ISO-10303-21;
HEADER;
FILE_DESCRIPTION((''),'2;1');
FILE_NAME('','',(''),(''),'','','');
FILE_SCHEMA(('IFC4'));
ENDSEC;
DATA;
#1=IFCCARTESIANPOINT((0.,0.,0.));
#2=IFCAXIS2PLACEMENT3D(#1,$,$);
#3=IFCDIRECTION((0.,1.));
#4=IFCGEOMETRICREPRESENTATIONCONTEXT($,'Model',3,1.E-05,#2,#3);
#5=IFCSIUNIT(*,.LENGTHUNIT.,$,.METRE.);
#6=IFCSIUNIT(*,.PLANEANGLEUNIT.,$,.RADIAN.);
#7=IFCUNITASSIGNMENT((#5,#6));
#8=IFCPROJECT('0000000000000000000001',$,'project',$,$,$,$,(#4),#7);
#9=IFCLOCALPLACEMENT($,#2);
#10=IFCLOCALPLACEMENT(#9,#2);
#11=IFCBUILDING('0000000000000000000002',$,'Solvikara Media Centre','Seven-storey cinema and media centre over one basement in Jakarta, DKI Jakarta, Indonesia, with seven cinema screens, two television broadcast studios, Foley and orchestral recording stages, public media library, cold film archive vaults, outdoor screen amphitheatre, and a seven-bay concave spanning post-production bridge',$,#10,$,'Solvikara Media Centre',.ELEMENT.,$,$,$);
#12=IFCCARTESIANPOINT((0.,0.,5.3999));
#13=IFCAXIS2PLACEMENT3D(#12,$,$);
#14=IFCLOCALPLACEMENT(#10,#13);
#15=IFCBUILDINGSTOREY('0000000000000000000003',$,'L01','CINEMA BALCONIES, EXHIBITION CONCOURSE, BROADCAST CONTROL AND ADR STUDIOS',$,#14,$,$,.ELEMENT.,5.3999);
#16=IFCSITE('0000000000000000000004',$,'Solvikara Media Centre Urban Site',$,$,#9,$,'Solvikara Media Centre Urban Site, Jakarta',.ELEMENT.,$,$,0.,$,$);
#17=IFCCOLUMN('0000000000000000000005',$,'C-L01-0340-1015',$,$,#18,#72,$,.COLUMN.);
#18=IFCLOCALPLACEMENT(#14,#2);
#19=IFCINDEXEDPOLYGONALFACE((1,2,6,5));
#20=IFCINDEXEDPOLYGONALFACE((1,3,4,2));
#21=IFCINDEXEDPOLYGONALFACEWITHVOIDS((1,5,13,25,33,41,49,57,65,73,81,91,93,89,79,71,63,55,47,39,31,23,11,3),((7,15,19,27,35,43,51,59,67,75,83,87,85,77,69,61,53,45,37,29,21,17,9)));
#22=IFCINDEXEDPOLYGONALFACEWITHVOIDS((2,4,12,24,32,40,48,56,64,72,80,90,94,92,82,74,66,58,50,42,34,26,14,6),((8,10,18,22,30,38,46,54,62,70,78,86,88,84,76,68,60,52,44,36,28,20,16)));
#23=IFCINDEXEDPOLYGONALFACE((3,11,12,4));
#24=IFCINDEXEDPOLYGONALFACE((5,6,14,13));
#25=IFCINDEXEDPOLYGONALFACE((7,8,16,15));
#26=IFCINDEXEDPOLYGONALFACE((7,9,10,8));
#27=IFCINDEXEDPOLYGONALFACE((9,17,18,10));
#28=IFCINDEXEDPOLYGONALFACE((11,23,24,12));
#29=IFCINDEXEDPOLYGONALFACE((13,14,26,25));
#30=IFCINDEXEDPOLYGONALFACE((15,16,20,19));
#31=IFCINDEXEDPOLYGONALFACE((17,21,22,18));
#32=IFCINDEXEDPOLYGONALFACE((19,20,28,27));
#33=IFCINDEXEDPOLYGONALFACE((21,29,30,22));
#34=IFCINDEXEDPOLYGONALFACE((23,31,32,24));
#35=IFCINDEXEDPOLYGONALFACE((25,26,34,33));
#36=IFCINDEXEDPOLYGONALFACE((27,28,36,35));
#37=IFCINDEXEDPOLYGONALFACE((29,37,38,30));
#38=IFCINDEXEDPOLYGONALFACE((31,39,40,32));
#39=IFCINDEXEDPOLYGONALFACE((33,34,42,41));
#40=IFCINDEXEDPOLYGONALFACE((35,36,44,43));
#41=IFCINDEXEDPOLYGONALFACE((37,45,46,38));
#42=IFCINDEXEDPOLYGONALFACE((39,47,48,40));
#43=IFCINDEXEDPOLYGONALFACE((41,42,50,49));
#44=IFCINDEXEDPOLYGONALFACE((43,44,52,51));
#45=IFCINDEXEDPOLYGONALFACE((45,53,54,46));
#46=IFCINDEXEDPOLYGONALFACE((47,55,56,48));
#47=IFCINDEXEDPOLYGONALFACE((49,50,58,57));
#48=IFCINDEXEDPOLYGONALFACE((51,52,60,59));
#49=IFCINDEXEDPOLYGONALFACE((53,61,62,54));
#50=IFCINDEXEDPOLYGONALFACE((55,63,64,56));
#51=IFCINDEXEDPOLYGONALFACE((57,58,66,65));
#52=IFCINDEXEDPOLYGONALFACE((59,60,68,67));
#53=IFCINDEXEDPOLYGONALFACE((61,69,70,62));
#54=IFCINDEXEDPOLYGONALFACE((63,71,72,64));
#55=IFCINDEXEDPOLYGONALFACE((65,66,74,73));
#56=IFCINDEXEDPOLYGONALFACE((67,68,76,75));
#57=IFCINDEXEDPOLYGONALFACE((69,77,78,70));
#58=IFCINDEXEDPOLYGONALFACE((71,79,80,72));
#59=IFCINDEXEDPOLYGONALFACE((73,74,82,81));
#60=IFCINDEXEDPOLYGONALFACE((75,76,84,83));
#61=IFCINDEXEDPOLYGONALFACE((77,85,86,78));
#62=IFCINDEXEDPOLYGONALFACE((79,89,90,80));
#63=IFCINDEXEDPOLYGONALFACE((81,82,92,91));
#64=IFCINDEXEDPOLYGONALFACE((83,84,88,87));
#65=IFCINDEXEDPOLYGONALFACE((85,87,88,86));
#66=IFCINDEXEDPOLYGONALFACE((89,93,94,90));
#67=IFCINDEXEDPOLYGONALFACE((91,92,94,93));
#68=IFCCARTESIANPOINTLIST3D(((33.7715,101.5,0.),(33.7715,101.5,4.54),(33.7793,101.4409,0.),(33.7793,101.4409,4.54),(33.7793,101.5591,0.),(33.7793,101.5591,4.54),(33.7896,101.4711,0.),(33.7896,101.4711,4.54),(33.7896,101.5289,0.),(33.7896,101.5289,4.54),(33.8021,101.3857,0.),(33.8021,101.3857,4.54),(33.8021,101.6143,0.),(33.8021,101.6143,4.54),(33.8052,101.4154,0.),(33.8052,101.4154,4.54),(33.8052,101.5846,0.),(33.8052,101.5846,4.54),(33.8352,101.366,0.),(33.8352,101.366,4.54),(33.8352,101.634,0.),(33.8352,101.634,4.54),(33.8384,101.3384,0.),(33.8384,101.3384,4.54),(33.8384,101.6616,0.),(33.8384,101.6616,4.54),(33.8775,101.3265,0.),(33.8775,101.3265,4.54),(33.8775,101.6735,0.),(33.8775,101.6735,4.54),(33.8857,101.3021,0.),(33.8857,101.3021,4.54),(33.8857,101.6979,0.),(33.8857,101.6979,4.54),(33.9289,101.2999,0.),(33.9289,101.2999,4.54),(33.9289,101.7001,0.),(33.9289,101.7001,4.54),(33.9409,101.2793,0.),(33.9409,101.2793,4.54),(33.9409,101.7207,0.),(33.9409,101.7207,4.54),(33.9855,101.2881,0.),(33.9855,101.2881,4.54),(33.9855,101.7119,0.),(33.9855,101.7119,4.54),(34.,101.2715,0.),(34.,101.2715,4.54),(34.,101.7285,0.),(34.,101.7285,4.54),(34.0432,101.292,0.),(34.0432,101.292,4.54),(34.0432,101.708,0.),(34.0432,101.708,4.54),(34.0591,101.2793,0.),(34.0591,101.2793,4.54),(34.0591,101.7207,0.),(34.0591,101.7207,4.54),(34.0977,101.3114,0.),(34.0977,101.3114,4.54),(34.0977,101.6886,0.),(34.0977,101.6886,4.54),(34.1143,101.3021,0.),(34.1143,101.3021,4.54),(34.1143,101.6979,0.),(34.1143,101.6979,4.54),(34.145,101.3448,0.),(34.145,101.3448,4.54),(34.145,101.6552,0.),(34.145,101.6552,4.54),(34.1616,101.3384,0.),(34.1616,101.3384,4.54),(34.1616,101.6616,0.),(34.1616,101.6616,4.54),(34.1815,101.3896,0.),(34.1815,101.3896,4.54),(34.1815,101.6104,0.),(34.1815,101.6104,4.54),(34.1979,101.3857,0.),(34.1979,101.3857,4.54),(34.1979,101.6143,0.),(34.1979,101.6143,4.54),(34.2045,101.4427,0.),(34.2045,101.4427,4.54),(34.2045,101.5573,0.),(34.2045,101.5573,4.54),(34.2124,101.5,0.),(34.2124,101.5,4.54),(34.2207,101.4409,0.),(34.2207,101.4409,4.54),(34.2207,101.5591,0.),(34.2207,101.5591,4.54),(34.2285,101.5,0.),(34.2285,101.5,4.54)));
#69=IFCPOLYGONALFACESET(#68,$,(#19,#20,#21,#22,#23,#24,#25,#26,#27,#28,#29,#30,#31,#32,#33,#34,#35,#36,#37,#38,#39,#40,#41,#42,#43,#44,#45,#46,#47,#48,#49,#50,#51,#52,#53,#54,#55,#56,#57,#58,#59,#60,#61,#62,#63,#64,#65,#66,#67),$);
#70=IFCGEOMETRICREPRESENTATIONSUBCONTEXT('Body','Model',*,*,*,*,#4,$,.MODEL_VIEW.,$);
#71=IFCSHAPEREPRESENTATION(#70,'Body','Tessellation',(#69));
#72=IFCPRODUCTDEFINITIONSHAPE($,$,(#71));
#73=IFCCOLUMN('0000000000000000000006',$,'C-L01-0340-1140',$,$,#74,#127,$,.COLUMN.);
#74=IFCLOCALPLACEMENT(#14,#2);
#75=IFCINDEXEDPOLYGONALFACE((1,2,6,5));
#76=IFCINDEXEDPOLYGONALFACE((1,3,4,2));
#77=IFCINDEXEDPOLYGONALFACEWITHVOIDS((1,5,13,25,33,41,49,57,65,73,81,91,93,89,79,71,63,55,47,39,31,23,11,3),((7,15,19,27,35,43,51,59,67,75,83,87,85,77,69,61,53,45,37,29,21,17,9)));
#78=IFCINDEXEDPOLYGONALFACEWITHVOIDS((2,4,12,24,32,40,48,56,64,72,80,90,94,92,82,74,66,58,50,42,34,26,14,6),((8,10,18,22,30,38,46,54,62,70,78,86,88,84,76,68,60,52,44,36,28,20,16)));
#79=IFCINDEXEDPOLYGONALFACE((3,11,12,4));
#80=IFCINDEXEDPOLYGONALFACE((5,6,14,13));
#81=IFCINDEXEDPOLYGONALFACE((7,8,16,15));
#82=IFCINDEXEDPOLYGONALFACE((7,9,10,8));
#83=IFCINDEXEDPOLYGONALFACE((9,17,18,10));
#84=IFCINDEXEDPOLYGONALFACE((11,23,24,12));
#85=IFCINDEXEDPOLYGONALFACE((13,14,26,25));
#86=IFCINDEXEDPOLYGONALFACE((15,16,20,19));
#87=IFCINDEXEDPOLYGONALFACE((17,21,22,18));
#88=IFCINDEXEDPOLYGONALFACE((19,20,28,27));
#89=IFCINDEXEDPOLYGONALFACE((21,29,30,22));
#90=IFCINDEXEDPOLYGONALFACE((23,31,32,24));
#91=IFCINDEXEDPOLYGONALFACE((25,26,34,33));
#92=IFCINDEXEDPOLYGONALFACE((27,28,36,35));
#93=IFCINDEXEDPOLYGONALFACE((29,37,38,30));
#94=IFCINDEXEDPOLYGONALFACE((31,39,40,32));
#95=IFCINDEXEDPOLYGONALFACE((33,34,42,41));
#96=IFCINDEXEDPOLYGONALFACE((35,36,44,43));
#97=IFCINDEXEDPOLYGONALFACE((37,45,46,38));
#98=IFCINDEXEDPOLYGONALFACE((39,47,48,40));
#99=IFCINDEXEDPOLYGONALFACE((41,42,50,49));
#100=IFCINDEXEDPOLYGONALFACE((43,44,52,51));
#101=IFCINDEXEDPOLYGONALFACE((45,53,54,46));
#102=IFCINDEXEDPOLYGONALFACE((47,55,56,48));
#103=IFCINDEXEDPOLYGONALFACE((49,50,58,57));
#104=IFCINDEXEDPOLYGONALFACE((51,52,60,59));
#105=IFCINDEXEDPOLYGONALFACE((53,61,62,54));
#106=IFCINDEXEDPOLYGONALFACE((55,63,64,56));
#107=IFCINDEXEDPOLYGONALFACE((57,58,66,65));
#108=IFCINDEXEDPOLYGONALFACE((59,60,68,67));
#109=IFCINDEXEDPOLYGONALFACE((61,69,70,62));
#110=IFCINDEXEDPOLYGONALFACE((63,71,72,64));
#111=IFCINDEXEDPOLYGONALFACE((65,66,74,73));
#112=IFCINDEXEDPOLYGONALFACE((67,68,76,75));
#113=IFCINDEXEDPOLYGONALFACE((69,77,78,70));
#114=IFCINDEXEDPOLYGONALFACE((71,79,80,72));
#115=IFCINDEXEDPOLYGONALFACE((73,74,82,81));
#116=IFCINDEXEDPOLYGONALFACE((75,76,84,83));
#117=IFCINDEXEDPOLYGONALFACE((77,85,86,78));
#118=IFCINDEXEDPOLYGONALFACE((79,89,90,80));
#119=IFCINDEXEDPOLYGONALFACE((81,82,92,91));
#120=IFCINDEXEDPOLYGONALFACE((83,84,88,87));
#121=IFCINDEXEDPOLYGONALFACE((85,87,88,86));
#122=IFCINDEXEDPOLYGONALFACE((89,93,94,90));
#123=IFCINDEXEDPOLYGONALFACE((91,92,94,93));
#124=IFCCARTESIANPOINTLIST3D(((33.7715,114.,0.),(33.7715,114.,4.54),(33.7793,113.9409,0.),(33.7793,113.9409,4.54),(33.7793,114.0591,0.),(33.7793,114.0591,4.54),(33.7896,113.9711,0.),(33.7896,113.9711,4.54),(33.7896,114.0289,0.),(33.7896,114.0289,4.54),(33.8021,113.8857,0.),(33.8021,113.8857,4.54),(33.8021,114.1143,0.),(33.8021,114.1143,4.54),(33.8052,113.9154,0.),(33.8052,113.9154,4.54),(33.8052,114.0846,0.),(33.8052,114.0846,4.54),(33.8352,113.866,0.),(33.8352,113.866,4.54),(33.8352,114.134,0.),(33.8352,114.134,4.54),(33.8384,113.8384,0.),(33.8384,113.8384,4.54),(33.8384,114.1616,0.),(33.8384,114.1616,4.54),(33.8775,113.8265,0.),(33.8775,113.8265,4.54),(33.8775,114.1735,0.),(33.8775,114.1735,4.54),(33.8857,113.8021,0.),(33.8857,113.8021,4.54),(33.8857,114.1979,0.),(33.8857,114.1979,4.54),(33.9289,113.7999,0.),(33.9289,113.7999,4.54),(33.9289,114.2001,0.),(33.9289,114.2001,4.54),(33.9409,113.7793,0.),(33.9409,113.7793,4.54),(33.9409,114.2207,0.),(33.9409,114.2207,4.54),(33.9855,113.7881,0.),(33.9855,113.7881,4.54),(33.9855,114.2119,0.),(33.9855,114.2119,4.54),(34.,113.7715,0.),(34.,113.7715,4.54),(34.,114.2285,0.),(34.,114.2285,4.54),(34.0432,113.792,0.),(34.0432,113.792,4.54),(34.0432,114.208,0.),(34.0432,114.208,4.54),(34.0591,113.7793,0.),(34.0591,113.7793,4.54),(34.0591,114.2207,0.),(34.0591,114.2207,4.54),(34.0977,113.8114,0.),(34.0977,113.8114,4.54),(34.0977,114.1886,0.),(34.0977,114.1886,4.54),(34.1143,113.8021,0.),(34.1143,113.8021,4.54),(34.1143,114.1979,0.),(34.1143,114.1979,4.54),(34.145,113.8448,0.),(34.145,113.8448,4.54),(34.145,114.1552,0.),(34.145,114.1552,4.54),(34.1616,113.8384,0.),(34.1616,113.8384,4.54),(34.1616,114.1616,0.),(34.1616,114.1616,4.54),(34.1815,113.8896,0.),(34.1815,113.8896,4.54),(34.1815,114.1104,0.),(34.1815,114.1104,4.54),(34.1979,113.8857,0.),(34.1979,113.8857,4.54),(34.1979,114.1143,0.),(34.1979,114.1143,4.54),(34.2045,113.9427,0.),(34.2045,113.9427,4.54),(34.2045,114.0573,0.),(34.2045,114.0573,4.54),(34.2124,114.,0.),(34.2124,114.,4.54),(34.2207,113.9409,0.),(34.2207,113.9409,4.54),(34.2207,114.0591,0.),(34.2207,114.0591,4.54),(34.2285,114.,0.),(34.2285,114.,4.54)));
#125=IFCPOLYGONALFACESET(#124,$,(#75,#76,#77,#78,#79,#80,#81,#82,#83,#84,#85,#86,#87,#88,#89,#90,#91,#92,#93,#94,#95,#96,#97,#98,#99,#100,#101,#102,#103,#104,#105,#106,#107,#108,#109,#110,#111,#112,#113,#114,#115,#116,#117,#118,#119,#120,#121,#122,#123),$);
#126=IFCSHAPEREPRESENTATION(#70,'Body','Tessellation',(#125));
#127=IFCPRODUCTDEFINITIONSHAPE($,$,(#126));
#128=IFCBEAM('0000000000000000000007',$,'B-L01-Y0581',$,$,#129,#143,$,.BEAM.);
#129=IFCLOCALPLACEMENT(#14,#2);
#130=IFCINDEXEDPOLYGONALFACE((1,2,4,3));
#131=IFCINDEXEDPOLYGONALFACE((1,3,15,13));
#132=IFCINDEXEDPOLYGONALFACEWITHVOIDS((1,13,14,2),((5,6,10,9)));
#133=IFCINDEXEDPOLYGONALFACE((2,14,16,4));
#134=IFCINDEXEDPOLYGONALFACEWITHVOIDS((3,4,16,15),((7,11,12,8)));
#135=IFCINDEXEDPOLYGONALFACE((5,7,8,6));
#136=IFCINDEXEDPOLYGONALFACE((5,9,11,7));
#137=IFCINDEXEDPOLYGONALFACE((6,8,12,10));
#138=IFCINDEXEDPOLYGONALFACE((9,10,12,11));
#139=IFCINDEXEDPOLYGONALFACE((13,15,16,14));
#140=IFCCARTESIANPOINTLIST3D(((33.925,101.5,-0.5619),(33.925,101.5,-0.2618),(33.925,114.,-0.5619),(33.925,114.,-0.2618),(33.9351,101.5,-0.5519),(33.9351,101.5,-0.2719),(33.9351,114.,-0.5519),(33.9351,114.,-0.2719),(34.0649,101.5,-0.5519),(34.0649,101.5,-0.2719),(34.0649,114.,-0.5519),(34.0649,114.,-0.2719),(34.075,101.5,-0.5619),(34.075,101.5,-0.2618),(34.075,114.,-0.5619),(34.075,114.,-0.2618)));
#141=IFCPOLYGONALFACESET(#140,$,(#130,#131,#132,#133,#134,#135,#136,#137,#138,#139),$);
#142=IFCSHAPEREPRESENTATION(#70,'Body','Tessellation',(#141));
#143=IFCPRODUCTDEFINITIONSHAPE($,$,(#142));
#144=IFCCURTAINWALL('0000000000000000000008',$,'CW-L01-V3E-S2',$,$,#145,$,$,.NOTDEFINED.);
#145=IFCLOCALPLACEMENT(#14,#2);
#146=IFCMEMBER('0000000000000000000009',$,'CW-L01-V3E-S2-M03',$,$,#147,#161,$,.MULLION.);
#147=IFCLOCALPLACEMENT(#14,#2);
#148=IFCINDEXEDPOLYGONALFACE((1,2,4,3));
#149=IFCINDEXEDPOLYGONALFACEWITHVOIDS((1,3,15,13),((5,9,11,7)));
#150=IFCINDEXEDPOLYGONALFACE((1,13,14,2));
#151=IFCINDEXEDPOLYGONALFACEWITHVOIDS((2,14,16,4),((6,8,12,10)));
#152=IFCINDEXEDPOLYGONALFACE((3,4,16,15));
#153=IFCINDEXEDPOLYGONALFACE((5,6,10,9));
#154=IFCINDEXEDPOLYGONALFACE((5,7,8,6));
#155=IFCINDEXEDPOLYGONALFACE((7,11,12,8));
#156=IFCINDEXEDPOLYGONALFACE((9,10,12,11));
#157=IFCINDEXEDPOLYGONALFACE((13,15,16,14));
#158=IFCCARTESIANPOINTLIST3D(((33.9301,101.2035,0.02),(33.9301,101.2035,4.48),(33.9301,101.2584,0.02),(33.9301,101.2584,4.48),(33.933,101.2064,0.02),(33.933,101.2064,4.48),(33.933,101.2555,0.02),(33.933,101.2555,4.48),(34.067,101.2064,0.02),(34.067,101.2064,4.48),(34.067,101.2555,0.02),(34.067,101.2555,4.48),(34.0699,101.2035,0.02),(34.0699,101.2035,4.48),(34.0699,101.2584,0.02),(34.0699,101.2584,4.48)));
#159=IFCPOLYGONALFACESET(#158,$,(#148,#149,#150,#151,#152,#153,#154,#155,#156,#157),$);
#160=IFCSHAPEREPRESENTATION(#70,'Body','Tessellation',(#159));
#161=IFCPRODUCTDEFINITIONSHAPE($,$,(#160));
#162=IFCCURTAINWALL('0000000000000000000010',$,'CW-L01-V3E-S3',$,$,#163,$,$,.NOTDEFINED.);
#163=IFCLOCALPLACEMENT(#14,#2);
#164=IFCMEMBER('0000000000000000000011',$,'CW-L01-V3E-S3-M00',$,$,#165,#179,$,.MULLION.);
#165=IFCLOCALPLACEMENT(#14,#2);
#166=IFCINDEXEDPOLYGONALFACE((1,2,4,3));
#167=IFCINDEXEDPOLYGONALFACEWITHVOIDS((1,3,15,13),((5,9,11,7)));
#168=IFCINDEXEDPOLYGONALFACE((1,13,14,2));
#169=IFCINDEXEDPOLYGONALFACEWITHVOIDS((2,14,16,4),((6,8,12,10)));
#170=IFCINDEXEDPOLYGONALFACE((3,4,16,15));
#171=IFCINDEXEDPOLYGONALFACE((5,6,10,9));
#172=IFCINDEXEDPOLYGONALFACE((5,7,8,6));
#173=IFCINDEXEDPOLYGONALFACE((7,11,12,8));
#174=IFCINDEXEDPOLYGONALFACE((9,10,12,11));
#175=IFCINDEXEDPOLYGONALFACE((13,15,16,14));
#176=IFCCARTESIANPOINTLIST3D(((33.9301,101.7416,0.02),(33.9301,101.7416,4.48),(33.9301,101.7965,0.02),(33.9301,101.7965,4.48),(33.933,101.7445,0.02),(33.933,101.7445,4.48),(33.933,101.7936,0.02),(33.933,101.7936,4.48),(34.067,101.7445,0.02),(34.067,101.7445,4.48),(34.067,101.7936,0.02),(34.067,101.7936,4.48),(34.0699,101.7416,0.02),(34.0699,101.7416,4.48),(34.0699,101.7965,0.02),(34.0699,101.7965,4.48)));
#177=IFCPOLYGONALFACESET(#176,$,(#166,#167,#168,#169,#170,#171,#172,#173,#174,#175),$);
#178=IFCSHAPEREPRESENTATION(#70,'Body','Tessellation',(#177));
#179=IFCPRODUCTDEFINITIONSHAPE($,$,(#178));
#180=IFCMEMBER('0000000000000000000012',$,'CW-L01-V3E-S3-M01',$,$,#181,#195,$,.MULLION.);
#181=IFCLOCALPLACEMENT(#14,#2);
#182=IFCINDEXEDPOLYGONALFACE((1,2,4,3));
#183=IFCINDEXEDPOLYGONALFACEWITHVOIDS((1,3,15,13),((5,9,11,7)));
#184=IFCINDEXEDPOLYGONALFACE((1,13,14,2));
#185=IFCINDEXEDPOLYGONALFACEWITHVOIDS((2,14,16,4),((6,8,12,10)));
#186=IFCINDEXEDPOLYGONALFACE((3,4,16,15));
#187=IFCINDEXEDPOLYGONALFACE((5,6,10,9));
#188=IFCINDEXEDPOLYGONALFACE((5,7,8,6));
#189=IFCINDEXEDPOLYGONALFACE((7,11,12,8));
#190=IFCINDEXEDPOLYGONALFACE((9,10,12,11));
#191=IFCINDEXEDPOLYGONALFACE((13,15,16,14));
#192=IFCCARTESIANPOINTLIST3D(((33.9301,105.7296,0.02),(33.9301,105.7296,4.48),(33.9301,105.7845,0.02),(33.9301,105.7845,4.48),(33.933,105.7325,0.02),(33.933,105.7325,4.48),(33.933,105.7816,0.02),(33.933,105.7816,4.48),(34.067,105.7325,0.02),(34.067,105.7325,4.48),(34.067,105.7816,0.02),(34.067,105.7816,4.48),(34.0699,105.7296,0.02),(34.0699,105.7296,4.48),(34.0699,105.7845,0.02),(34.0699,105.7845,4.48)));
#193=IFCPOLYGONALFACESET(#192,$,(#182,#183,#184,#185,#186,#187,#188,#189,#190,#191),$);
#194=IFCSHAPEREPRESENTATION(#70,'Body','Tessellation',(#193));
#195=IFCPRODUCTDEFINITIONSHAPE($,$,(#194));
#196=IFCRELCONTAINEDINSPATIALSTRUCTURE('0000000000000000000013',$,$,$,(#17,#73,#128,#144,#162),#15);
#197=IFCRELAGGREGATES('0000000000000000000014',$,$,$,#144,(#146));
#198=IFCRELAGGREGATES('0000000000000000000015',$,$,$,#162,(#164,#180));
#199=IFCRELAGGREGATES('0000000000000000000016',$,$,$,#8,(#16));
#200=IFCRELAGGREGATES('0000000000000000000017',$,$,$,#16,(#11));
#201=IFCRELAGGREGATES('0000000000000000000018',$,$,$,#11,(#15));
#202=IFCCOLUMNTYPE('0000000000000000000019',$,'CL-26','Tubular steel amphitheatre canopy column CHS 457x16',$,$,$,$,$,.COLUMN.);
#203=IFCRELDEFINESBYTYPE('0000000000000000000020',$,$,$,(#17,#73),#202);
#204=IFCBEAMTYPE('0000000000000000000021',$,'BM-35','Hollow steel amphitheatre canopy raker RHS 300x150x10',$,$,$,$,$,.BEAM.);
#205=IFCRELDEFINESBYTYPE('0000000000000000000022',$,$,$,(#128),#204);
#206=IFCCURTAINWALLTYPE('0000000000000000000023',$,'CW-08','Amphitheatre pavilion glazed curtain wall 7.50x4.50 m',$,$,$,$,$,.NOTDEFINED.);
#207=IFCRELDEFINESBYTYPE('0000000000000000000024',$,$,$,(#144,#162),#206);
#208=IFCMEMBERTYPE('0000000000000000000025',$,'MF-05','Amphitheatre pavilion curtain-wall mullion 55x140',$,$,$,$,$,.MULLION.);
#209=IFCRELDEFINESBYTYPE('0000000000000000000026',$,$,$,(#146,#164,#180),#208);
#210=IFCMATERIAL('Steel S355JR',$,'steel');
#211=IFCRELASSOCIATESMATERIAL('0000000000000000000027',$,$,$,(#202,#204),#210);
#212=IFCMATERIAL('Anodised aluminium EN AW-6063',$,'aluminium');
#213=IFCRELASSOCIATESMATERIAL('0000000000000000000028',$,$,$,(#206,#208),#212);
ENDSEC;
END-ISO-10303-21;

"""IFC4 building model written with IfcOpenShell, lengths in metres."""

from ifc_helpers import new_model, si_unit, direction, frame, origin, origin_2d, place, context, subcontext, project, spatial, hollow_rectangle, hollow_circle, extrude, material, material_profile, profile_set, type_object, element, aggregate, save


model = new_model("IFC4")

# Units and contexts
model_context = context("Model", 3, precision=1e-05, world=origin(), true_north=direction((0.0, 1.0)))
body_context = subcontext(model_context, "Body", "Model", "MODEL_VIEW")
ifc_project = project(units=[si_unit("LENGTHUNIT", "METRE"), si_unit("PLANEANGLEUNIT", "RADIAN")], contexts=[model_context])

# Site, building, storey
site_placement = place(None, origin())
site = spatial("IfcSite", under=ifc_project, at=site_placement, Name="Solvikara Media Centre Urban Site", LongName="Solvikara Media Centre Urban Site, Jakarta", CompositionType="ELEMENT", RefElevation=0.0)
building_placement = place(site_placement, origin())
building = spatial("IfcBuilding", under=site, at=building_placement, Name="Solvikara Media Centre", Description="Seven-storey cinema and media centre over one basement in Jakarta, DKI Jakarta, Indonesia, with seven cinema screens, two television broadcast studios, Foley and orchestral recording stages, public media library, cold film archive vaults, outdoor screen amphitheatre, and a seven-bay concave spanning post-production bridge", LongName="Solvikara Media Centre", CompositionType="ELEMENT")
storey_placement = place(building_placement, frame((0.0, 0.0, 5.3999)))
storey = spatial("IfcBuildingStorey", under=building, at=storey_placement, Name="L01", Description="CINEMA BALCONIES, EXHIBITION CONCOURSE, BROADCAST CONTROL AND ADR STUDIOS", CompositionType="ELEMENT", Elevation=5.3999)

# Columns
ifc_material_1 = material(Name="Steel S355JR", Category="steel")
ifc_material_profile_1 = material_profile(ifc_material_1, hollow_circle(Radius=0.2285, WallThickness=0.0161, at=origin_2d()), Name="CHS 457x16")
ifc_profile_set_1 = profile_set([ifc_material_profile_1], Name="Steel S355JR")
column_type = type_object("IfcColumnType", Name="CL-26", Description="Tubular steel amphitheatre canopy column CHS 457x16", PredefinedType="COLUMN", material=ifc_profile_set_1)
for number, where, z_axis, x_axis, name in (
    (1, (34.0, 101.5, 0.0), (0.0, 0.0, 1.0), (1.0, 0.0, 0.0), "C-L01-0340-1015"),
    (2, (34.0, 114.0, 0.0), (0.0, 0.0, 1.0), (1.0, 0.0, 0.0), "C-L01-0340-1140"),
):
    element("IfcColumn", number, at=place(storey_placement, frame(where, z_axis=z_axis, x_axis=x_axis)), inside=storey, type_object=column_type, Name=name, PredefinedType="COLUMN", context=body_context, shape_type="SweptSolid", body=[
        extrude(hollow_circle(Radius=0.2285, WallThickness=0.0161, at=origin_2d()), origin(), (0.0, 0.0, 1.0), 4.54),
    ])

# Beam
ifc_material_profile_2 = material_profile(ifc_material_1, hollow_rectangle(XDim=0.1499, YDim=0.3, WallThickness=0.01, at=origin_2d()), Name="RHS 300x150x10")
ifc_profile_set_2 = profile_set([ifc_material_profile_2], Name="Steel S355JR")
beam_type = type_object("IfcBeamType", Name="BM-35", Description="Hollow steel amphitheatre canopy raker RHS 300x150x10", PredefinedType="BEAM", material=ifc_profile_set_2)
beam_placement = place(storey_placement, frame((34.0, 101.5, -0.4119), z_axis=(0.0, 1.0, 0.0), x_axis=(-1.0, 0.0, 0.0)))
element("IfcBeam", 3, at=beam_placement, inside=storey, type_object=beam_type, Name="B-L01-Y0581", PredefinedType="BEAM", context=body_context, shape_type="SweptSolid", body=[
    extrude(hollow_rectangle(XDim=0.1499, YDim=0.3, WallThickness=0.01, at=origin_2d()), origin(), (0.0, 0.0, 1.0), 12.5),
])

# Curtain wall, member
ifc_material_2 = material(Name="Anodised aluminium EN AW-6063", Category="aluminium")
curtain_wall_type = type_object("IfcCurtainWallType", Name="CW-08", Description="Amphitheatre pavilion glazed curtain wall 7.50x4.50 m", PredefinedType="NOTDEFINED", material=ifc_material_2)
curtain_wall_1_placement = place(storey_placement, origin())
curtain_wall_1 = element("IfcCurtainWall", 4, at=curtain_wall_1_placement, inside=storey, type_object=curtain_wall_type, Name="CW-L01-V3E-S2", PredefinedType="NOTDEFINED")
ifc_material_profile_3 = material_profile(ifc_material_2, hollow_rectangle(XDim=0.0549, YDim=0.1399, WallThickness=0.0029, at=origin_2d()), Name="ALU-M 55x140x3")
ifc_profile_set_3 = profile_set([ifc_material_profile_3], Name="Anodised aluminium EN AW-6063")
member_type_1 = type_object("IfcMemberType", Name="MF-05", Description="Amphitheatre pavilion curtain-wall mullion 55x140", PredefinedType="MULLION", material=ifc_profile_set_3)
member_1_placement = place(storey_placement, frame((34.0, 101.231, 0.02), z_axis=(0.0, 0.0, 1.0), x_axis=(0.0, 1.0, 0.0)))
member_1 = element("IfcMember", 5, at=member_1_placement, type_object=member_type_1, Name="CW-L01-V3E-S2-M03", PredefinedType="MULLION", context=body_context, shape_type="SweptSolid", body=[
    extrude(hollow_rectangle(XDim=0.0549, YDim=0.1399, WallThickness=0.0029, at=origin_2d()), origin(), (0.0, 0.0, 1.0), 4.46),
])
aggregate(curtain_wall_1, [member_1])

# Curtain wall, members
curtain_wall_2_placement = place(storey_placement, origin())
curtain_wall_2 = element("IfcCurtainWall", 6, at=curtain_wall_2_placement, inside=storey, type_object=curtain_wall_type, Name="CW-L01-V3E-S3", PredefinedType="NOTDEFINED")
member_2_placement = place(storey_placement, frame((34.0, 101.769, 0.02), z_axis=(0.0, 0.0, 1.0), x_axis=(0.0, 1.0, 0.0)))
member_2 = element("IfcMember", 7, at=member_2_placement, type_object=member_type_1, Name="CW-L01-V3E-S3-M00", PredefinedType="MULLION", context=body_context, shape_type="SweptSolid", body=[
    extrude(hollow_rectangle(XDim=0.0549, YDim=0.1399, WallThickness=0.0029, at=origin_2d()), origin(), (0.0, 0.0, 1.0), 4.46),
])
member_3_placement = place(storey_placement, frame((34.0, 105.7571, 0.02), z_axis=(0.0, 0.0, 1.0), x_axis=(0.0, 1.0, 0.0)))
member_3 = element("IfcMember", 8, at=member_3_placement, type_object=member_type_1, Name="CW-L01-V3E-S3-M01", PredefinedType="MULLION", context=body_context, shape_type="SweptSolid", body=[
    extrude(hollow_rectangle(XDim=0.0549, YDim=0.1399, WallThickness=0.0029, at=origin_2d()), origin(), (0.0, 0.0, 1.0), 4.46),
])
aggregate(curtain_wall_2, [member_2, member_3])

save(model, "model.ifc")
